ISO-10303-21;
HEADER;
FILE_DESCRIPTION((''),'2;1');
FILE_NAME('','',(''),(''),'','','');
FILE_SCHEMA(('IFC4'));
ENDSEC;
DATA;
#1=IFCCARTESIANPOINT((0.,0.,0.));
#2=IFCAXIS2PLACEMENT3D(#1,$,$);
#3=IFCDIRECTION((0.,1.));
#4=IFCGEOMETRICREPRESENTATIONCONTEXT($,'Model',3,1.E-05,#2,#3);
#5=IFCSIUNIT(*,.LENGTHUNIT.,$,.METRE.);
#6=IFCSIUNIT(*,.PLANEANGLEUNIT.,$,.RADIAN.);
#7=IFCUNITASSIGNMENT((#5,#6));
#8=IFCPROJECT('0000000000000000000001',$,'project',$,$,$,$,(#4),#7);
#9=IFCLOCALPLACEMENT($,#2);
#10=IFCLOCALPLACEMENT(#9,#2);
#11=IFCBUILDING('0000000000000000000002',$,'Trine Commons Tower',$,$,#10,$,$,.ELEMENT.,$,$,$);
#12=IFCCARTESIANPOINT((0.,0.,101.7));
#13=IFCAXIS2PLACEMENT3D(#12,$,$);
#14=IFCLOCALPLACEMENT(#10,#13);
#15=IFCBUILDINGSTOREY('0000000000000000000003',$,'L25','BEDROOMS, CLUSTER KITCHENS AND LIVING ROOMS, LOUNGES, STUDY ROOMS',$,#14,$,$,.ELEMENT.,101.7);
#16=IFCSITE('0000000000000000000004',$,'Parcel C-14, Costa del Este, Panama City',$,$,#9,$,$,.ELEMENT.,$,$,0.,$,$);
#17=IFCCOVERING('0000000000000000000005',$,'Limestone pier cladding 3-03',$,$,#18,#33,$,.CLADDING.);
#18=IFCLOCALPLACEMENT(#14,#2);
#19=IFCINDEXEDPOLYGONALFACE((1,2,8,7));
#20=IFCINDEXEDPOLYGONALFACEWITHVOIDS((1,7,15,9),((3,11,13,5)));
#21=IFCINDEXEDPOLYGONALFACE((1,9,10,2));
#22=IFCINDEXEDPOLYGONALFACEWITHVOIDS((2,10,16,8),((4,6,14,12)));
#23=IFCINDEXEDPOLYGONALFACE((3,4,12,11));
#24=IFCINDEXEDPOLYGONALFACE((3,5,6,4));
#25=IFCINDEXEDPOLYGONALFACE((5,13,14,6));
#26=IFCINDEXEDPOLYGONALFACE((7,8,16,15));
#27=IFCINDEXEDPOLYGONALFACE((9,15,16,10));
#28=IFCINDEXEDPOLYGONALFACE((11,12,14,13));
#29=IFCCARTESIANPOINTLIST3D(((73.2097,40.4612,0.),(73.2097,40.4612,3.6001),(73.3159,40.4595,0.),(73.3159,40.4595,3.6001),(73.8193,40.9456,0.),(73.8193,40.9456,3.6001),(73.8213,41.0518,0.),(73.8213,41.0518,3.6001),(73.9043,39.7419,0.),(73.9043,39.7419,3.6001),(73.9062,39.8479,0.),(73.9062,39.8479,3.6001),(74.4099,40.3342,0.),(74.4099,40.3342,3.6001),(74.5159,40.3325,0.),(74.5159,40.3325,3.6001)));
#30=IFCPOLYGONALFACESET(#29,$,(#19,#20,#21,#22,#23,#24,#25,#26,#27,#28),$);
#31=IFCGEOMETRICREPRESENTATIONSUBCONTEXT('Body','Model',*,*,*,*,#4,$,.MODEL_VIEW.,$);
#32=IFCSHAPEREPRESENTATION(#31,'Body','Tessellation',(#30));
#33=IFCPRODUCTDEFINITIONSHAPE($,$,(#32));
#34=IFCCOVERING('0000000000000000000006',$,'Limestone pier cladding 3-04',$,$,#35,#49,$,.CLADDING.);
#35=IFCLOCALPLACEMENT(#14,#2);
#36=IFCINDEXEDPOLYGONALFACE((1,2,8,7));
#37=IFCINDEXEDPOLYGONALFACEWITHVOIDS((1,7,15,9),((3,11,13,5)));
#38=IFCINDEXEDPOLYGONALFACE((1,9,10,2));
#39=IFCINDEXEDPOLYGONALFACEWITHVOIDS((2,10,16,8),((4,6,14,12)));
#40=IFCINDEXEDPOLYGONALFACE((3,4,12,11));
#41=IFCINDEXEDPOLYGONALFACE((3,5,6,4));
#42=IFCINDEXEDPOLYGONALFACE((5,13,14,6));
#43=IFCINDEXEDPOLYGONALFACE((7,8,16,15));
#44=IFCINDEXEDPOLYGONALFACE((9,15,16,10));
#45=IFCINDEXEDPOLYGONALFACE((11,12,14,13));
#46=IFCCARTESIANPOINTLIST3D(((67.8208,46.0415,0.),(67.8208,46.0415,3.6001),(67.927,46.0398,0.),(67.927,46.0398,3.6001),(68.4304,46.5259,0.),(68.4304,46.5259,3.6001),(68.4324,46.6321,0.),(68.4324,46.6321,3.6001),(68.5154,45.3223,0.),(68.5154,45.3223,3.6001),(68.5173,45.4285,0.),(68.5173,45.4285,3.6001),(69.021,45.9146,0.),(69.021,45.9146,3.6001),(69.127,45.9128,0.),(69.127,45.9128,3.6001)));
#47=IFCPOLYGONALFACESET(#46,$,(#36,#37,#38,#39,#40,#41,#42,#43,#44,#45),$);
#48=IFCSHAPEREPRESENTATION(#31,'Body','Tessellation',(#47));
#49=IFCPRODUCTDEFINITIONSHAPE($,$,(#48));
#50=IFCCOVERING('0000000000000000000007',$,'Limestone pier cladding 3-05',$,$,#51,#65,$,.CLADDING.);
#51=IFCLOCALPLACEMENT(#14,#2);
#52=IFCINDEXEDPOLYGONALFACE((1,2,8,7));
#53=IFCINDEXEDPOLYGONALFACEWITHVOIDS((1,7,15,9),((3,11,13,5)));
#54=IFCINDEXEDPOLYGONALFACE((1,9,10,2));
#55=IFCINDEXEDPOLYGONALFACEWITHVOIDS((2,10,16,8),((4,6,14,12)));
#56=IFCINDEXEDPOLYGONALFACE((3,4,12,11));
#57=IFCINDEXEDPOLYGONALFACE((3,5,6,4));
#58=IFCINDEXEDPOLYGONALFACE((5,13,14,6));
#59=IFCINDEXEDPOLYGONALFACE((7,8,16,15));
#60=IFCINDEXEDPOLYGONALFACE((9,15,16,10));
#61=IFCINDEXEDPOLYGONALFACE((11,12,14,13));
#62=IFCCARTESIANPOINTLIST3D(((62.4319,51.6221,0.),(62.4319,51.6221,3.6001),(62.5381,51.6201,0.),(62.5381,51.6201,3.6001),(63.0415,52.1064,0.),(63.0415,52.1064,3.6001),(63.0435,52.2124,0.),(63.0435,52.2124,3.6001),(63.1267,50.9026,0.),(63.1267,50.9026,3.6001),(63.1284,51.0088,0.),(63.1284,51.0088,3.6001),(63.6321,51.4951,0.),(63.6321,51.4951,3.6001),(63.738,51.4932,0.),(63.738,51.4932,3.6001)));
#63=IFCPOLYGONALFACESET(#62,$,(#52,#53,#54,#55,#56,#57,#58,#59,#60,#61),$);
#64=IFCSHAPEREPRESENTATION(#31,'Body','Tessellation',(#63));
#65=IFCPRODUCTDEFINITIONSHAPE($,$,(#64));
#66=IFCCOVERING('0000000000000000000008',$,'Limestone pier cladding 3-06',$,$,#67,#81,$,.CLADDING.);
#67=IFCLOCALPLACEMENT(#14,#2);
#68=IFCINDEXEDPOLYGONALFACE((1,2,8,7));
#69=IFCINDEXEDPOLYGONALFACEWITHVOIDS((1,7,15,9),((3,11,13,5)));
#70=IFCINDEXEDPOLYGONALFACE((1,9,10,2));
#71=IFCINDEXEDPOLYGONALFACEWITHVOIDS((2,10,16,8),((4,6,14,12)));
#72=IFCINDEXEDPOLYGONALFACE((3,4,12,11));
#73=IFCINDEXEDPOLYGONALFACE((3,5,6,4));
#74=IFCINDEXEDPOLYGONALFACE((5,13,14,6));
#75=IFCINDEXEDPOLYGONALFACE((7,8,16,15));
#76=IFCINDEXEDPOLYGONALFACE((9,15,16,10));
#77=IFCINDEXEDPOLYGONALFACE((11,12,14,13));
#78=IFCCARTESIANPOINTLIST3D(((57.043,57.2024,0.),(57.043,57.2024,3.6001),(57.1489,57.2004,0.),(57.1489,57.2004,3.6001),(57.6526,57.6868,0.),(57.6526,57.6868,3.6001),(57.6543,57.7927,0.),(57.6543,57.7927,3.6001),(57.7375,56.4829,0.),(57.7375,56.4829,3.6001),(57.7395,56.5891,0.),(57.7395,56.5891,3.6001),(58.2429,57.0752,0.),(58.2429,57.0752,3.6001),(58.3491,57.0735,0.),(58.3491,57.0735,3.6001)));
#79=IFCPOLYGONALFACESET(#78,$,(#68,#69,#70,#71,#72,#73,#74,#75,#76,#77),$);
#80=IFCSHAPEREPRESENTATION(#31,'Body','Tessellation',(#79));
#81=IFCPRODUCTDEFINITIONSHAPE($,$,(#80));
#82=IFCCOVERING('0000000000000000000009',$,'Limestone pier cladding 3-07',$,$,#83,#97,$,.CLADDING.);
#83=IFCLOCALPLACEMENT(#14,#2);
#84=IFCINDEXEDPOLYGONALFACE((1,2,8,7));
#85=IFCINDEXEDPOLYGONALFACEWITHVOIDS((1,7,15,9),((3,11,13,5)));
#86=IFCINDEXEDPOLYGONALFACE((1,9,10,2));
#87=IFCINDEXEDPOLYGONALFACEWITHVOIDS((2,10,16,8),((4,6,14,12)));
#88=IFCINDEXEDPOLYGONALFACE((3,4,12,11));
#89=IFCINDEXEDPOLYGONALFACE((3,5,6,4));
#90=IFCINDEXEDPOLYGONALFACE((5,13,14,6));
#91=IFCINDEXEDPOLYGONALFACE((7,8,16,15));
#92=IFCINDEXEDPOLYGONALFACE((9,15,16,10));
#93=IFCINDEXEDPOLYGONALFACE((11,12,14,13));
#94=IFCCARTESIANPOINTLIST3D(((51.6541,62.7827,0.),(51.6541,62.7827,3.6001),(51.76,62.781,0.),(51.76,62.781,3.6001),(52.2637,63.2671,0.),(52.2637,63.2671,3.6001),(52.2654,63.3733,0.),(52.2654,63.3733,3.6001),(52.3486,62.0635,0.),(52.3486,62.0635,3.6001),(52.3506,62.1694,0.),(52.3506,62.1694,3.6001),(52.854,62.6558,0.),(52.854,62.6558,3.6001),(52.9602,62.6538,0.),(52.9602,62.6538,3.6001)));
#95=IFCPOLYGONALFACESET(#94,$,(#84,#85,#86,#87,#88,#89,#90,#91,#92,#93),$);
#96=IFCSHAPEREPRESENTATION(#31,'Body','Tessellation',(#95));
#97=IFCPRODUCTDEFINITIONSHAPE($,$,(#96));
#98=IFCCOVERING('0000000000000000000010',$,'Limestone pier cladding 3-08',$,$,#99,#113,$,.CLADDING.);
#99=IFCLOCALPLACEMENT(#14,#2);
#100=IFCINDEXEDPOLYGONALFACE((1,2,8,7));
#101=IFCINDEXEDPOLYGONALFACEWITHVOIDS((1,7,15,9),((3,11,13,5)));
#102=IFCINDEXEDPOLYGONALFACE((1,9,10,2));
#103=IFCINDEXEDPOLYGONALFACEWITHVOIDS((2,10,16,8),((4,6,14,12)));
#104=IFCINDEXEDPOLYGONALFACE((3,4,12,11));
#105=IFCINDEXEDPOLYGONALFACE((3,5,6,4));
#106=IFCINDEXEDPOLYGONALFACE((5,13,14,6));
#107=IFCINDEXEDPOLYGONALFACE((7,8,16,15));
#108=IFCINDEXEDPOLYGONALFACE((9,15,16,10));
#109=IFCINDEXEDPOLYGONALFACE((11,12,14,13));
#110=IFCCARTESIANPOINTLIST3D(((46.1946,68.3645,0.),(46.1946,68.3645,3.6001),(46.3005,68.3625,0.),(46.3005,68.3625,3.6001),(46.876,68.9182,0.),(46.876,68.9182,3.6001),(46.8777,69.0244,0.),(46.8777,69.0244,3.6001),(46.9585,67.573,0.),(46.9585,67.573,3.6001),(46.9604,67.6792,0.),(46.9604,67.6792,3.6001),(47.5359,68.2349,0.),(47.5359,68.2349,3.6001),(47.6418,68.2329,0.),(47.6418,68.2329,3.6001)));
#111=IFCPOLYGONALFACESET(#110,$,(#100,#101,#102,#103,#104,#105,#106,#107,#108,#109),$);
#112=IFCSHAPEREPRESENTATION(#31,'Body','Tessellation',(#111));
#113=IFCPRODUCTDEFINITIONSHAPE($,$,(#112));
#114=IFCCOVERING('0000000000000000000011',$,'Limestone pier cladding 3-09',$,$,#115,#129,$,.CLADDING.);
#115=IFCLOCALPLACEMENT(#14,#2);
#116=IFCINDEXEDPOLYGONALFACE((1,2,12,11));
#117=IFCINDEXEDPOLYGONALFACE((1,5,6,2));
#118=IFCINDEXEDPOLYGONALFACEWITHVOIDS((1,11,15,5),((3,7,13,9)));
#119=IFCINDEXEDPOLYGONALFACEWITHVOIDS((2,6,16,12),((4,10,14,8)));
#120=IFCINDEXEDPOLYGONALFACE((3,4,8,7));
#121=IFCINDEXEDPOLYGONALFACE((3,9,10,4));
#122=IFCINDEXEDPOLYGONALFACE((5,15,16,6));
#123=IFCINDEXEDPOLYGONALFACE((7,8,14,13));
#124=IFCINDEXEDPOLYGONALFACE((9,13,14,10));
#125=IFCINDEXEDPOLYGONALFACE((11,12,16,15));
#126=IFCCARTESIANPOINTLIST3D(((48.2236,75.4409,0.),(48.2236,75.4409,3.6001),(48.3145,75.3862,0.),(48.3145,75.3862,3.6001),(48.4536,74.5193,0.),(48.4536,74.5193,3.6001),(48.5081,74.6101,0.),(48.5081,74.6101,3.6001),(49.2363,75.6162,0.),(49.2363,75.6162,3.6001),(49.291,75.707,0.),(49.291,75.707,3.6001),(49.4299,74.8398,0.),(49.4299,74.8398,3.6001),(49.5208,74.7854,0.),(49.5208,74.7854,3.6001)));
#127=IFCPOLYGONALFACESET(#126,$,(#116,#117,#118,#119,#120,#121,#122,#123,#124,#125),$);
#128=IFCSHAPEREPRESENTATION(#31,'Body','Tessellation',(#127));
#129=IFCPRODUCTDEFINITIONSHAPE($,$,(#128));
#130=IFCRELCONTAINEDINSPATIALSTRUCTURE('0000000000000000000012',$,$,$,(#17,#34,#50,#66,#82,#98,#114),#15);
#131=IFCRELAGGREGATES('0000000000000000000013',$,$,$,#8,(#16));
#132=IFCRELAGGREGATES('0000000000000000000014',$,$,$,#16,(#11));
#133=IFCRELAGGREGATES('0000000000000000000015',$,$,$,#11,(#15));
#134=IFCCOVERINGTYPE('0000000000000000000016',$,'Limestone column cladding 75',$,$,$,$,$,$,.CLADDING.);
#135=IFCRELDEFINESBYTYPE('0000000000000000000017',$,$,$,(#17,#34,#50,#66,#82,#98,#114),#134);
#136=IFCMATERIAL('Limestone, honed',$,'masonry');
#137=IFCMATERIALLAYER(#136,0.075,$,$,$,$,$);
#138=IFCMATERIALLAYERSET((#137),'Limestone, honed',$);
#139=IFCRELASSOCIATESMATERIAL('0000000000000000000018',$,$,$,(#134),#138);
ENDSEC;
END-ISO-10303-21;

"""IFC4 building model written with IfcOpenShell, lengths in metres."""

from ifc_helpers import new_model, si_unit, direction, frame, origin, place, context, subcontext, project, spatial, polyline, outline, extrude, material, layer, layer_set, type_object, element, save


model = new_model("IFC4")

# Units and contexts
model_context = context("Model", 3, precision=1e-05, world=origin(), true_north=direction((0.0, 1.0)))
body_context = subcontext(model_context, "Body", "Model", "MODEL_VIEW")
ifc_project = project(units=[si_unit("LENGTHUNIT", "METRE"), si_unit("PLANEANGLEUNIT", "RADIAN")], contexts=[model_context])

# Site, building, storey
site_placement = place(None, origin())
site = spatial("IfcSite", under=ifc_project, at=site_placement, Name="Parcel C-14, Costa del Este, Panama City", CompositionType="ELEMENT", RefElevation=0.0)
building_placement = place(site_placement, origin())
building = spatial("IfcBuilding", under=site, at=building_placement, Name="Trine Commons Tower", CompositionType="ELEMENT")
storey_placement = place(building_placement, frame((0.0, 0.0, 101.7)))
storey = spatial("IfcBuildingStorey", under=building, at=storey_placement, Name="L25", Description="BEDROOMS, CLUSTER KITCHENS AND LIVING ROOMS, LOUNGES, STUDY ROOMS", CompositionType="ELEMENT", Elevation=101.7)

# Coverings
ifc_material_1 = material(Name="Limestone, honed", Category="masonry")
ifc_layer_1 = layer(ifc_material_1, 0.075)
ifc_layer_set_1 = layer_set([ifc_layer_1], Name="Limestone, honed")
covering_type_1 = type_object("IfcCoveringType", Name="Limestone column cladding 75", PredefinedType="CLADDING", material=ifc_layer_set_1)
covering_1_placement = place(storey_placement, origin())
element("IfcCovering", 1, at=covering_1_placement, inside=storey, type_object=covering_type_1, Name="Limestone pier cladding 3-03", PredefinedType="CLADDING", context=body_context, shape_type="SweptSolid", body=[
    extrude(outline(polyline([(73.8213, 41.0518), (73.2097, 40.4612), (73.9043, 39.7419), (74.5159, 40.3325), (73.8213, 41.0518)]), holes=[polyline([(73.8193, 40.9456), (73.3159, 40.4595), (73.9062, 39.8479), (74.4099, 40.3342), (73.8193, 40.9456)])]), origin(), (0.0, 0.0, 1.0), 3.6001),
])
covering_2_placement = place(storey_placement, origin())
element("IfcCovering", 2, at=covering_2_placement, inside=storey, type_object=covering_type_1, Name="Limestone pier cladding 3-04", PredefinedType="CLADDING", context=body_context, shape_type="SweptSolid", body=[
    extrude(outline(polyline([(68.4324, 46.6321), (67.8208, 46.0415), (68.5154, 45.3223), (69.127, 45.9128), (68.4324, 46.6321)]), holes=[polyline([(68.4304, 46.5259), (67.927, 46.0398), (68.5173, 45.4285), (69.021, 45.9146), (68.4304, 46.5259)])]), origin(), (0.0, 0.0, 1.0), 3.6001),
])
covering_3_placement = place(storey_placement, origin())
element("IfcCovering", 3, at=covering_3_placement, inside=storey, type_object=covering_type_1, Name="Limestone pier cladding 3-05", PredefinedType="CLADDING", context=body_context, shape_type="SweptSolid", body=[
    extrude(outline(polyline([(63.0435, 52.2124), (62.4319, 51.6221), (63.1267, 50.9026), (63.738, 51.4932), (63.0435, 52.2124)]), holes=[polyline([(63.0415, 52.1064), (62.5381, 51.6201), (63.1284, 51.0088), (63.6321, 51.4951), (63.0415, 52.1064)])]), origin(), (0.0, 0.0, 1.0), 3.6001),
])
covering_4_placement = place(storey_placement, origin())
element("IfcCovering", 4, at=covering_4_placement, inside=storey, type_object=covering_type_1, Name="Limestone pier cladding 3-06", PredefinedType="CLADDING", context=body_context, shape_type="SweptSolid", body=[
    extrude(outline(polyline([(57.6543, 57.7927), (57.043, 57.2024), (57.7375, 56.4829), (58.3491, 57.0735), (57.6543, 57.7927)]), holes=[polyline([(57.6526, 57.6868), (57.1489, 57.2004), (57.7395, 56.5891), (58.2429, 57.0752), (57.6526, 57.6868)])]), origin(), (0.0, 0.0, 1.0), 3.6001),
])
covering_5_placement = place(storey_placement, origin())
element("IfcCovering", 5, at=covering_5_placement, inside=storey, type_object=covering_type_1, Name="Limestone pier cladding 3-07", PredefinedType="CLADDING", context=body_context, shape_type="SweptSolid", body=[
    extrude(outline(polyline([(52.2654, 63.3733), (51.6541, 62.7827), (52.3486, 62.0635), (52.9602, 62.6538), (52.2654, 63.3733)]), holes=[polyline([(52.2637, 63.2671), (51.76, 62.781), (52.3506, 62.1694), (52.854, 62.6558), (52.2637, 63.2671)])]), origin(), (0.0, 0.0, 1.0), 3.6001),
])
covering_6_placement = place(storey_placement, origin())
element("IfcCovering", 6, at=covering_6_placement, inside=storey, type_object=covering_type_1, Name="Limestone pier cladding 3-08", PredefinedType="CLADDING", context=body_context, shape_type="SweptSolid", body=[
    extrude(outline(polyline([(46.8777, 69.0244), (46.1946, 68.3645), (46.9585, 67.573), (47.6418, 68.2329), (46.8777, 69.0244)]), holes=[polyline([(46.876, 68.9182), (46.3005, 68.3625), (46.9604, 67.6792), (47.5359, 68.2349), (46.876, 68.9182)])]), origin(), (0.0, 0.0, 1.0), 3.6001),
])
covering_7_placement = place(storey_placement, origin())
element("IfcCovering", 7, at=covering_7_placement, inside=storey, type_object=covering_type_1, Name="Limestone pier cladding 3-09", PredefinedType="CLADDING", context=body_context, shape_type="SweptSolid", body=[
    extrude(outline(polyline([(49.5208, 74.7854), (49.291, 75.707), (48.2236, 75.4409), (48.4536, 74.5193), (49.5208, 74.7854)]), holes=[polyline([(49.4299, 74.8398), (49.2363, 75.6162), (48.3145, 75.3862), (48.5081, 74.6101), (49.4299, 74.8398)])]), origin(), (0.0, 0.0, 1.0), 3.6001),
])

save(model, "model.ifc")
